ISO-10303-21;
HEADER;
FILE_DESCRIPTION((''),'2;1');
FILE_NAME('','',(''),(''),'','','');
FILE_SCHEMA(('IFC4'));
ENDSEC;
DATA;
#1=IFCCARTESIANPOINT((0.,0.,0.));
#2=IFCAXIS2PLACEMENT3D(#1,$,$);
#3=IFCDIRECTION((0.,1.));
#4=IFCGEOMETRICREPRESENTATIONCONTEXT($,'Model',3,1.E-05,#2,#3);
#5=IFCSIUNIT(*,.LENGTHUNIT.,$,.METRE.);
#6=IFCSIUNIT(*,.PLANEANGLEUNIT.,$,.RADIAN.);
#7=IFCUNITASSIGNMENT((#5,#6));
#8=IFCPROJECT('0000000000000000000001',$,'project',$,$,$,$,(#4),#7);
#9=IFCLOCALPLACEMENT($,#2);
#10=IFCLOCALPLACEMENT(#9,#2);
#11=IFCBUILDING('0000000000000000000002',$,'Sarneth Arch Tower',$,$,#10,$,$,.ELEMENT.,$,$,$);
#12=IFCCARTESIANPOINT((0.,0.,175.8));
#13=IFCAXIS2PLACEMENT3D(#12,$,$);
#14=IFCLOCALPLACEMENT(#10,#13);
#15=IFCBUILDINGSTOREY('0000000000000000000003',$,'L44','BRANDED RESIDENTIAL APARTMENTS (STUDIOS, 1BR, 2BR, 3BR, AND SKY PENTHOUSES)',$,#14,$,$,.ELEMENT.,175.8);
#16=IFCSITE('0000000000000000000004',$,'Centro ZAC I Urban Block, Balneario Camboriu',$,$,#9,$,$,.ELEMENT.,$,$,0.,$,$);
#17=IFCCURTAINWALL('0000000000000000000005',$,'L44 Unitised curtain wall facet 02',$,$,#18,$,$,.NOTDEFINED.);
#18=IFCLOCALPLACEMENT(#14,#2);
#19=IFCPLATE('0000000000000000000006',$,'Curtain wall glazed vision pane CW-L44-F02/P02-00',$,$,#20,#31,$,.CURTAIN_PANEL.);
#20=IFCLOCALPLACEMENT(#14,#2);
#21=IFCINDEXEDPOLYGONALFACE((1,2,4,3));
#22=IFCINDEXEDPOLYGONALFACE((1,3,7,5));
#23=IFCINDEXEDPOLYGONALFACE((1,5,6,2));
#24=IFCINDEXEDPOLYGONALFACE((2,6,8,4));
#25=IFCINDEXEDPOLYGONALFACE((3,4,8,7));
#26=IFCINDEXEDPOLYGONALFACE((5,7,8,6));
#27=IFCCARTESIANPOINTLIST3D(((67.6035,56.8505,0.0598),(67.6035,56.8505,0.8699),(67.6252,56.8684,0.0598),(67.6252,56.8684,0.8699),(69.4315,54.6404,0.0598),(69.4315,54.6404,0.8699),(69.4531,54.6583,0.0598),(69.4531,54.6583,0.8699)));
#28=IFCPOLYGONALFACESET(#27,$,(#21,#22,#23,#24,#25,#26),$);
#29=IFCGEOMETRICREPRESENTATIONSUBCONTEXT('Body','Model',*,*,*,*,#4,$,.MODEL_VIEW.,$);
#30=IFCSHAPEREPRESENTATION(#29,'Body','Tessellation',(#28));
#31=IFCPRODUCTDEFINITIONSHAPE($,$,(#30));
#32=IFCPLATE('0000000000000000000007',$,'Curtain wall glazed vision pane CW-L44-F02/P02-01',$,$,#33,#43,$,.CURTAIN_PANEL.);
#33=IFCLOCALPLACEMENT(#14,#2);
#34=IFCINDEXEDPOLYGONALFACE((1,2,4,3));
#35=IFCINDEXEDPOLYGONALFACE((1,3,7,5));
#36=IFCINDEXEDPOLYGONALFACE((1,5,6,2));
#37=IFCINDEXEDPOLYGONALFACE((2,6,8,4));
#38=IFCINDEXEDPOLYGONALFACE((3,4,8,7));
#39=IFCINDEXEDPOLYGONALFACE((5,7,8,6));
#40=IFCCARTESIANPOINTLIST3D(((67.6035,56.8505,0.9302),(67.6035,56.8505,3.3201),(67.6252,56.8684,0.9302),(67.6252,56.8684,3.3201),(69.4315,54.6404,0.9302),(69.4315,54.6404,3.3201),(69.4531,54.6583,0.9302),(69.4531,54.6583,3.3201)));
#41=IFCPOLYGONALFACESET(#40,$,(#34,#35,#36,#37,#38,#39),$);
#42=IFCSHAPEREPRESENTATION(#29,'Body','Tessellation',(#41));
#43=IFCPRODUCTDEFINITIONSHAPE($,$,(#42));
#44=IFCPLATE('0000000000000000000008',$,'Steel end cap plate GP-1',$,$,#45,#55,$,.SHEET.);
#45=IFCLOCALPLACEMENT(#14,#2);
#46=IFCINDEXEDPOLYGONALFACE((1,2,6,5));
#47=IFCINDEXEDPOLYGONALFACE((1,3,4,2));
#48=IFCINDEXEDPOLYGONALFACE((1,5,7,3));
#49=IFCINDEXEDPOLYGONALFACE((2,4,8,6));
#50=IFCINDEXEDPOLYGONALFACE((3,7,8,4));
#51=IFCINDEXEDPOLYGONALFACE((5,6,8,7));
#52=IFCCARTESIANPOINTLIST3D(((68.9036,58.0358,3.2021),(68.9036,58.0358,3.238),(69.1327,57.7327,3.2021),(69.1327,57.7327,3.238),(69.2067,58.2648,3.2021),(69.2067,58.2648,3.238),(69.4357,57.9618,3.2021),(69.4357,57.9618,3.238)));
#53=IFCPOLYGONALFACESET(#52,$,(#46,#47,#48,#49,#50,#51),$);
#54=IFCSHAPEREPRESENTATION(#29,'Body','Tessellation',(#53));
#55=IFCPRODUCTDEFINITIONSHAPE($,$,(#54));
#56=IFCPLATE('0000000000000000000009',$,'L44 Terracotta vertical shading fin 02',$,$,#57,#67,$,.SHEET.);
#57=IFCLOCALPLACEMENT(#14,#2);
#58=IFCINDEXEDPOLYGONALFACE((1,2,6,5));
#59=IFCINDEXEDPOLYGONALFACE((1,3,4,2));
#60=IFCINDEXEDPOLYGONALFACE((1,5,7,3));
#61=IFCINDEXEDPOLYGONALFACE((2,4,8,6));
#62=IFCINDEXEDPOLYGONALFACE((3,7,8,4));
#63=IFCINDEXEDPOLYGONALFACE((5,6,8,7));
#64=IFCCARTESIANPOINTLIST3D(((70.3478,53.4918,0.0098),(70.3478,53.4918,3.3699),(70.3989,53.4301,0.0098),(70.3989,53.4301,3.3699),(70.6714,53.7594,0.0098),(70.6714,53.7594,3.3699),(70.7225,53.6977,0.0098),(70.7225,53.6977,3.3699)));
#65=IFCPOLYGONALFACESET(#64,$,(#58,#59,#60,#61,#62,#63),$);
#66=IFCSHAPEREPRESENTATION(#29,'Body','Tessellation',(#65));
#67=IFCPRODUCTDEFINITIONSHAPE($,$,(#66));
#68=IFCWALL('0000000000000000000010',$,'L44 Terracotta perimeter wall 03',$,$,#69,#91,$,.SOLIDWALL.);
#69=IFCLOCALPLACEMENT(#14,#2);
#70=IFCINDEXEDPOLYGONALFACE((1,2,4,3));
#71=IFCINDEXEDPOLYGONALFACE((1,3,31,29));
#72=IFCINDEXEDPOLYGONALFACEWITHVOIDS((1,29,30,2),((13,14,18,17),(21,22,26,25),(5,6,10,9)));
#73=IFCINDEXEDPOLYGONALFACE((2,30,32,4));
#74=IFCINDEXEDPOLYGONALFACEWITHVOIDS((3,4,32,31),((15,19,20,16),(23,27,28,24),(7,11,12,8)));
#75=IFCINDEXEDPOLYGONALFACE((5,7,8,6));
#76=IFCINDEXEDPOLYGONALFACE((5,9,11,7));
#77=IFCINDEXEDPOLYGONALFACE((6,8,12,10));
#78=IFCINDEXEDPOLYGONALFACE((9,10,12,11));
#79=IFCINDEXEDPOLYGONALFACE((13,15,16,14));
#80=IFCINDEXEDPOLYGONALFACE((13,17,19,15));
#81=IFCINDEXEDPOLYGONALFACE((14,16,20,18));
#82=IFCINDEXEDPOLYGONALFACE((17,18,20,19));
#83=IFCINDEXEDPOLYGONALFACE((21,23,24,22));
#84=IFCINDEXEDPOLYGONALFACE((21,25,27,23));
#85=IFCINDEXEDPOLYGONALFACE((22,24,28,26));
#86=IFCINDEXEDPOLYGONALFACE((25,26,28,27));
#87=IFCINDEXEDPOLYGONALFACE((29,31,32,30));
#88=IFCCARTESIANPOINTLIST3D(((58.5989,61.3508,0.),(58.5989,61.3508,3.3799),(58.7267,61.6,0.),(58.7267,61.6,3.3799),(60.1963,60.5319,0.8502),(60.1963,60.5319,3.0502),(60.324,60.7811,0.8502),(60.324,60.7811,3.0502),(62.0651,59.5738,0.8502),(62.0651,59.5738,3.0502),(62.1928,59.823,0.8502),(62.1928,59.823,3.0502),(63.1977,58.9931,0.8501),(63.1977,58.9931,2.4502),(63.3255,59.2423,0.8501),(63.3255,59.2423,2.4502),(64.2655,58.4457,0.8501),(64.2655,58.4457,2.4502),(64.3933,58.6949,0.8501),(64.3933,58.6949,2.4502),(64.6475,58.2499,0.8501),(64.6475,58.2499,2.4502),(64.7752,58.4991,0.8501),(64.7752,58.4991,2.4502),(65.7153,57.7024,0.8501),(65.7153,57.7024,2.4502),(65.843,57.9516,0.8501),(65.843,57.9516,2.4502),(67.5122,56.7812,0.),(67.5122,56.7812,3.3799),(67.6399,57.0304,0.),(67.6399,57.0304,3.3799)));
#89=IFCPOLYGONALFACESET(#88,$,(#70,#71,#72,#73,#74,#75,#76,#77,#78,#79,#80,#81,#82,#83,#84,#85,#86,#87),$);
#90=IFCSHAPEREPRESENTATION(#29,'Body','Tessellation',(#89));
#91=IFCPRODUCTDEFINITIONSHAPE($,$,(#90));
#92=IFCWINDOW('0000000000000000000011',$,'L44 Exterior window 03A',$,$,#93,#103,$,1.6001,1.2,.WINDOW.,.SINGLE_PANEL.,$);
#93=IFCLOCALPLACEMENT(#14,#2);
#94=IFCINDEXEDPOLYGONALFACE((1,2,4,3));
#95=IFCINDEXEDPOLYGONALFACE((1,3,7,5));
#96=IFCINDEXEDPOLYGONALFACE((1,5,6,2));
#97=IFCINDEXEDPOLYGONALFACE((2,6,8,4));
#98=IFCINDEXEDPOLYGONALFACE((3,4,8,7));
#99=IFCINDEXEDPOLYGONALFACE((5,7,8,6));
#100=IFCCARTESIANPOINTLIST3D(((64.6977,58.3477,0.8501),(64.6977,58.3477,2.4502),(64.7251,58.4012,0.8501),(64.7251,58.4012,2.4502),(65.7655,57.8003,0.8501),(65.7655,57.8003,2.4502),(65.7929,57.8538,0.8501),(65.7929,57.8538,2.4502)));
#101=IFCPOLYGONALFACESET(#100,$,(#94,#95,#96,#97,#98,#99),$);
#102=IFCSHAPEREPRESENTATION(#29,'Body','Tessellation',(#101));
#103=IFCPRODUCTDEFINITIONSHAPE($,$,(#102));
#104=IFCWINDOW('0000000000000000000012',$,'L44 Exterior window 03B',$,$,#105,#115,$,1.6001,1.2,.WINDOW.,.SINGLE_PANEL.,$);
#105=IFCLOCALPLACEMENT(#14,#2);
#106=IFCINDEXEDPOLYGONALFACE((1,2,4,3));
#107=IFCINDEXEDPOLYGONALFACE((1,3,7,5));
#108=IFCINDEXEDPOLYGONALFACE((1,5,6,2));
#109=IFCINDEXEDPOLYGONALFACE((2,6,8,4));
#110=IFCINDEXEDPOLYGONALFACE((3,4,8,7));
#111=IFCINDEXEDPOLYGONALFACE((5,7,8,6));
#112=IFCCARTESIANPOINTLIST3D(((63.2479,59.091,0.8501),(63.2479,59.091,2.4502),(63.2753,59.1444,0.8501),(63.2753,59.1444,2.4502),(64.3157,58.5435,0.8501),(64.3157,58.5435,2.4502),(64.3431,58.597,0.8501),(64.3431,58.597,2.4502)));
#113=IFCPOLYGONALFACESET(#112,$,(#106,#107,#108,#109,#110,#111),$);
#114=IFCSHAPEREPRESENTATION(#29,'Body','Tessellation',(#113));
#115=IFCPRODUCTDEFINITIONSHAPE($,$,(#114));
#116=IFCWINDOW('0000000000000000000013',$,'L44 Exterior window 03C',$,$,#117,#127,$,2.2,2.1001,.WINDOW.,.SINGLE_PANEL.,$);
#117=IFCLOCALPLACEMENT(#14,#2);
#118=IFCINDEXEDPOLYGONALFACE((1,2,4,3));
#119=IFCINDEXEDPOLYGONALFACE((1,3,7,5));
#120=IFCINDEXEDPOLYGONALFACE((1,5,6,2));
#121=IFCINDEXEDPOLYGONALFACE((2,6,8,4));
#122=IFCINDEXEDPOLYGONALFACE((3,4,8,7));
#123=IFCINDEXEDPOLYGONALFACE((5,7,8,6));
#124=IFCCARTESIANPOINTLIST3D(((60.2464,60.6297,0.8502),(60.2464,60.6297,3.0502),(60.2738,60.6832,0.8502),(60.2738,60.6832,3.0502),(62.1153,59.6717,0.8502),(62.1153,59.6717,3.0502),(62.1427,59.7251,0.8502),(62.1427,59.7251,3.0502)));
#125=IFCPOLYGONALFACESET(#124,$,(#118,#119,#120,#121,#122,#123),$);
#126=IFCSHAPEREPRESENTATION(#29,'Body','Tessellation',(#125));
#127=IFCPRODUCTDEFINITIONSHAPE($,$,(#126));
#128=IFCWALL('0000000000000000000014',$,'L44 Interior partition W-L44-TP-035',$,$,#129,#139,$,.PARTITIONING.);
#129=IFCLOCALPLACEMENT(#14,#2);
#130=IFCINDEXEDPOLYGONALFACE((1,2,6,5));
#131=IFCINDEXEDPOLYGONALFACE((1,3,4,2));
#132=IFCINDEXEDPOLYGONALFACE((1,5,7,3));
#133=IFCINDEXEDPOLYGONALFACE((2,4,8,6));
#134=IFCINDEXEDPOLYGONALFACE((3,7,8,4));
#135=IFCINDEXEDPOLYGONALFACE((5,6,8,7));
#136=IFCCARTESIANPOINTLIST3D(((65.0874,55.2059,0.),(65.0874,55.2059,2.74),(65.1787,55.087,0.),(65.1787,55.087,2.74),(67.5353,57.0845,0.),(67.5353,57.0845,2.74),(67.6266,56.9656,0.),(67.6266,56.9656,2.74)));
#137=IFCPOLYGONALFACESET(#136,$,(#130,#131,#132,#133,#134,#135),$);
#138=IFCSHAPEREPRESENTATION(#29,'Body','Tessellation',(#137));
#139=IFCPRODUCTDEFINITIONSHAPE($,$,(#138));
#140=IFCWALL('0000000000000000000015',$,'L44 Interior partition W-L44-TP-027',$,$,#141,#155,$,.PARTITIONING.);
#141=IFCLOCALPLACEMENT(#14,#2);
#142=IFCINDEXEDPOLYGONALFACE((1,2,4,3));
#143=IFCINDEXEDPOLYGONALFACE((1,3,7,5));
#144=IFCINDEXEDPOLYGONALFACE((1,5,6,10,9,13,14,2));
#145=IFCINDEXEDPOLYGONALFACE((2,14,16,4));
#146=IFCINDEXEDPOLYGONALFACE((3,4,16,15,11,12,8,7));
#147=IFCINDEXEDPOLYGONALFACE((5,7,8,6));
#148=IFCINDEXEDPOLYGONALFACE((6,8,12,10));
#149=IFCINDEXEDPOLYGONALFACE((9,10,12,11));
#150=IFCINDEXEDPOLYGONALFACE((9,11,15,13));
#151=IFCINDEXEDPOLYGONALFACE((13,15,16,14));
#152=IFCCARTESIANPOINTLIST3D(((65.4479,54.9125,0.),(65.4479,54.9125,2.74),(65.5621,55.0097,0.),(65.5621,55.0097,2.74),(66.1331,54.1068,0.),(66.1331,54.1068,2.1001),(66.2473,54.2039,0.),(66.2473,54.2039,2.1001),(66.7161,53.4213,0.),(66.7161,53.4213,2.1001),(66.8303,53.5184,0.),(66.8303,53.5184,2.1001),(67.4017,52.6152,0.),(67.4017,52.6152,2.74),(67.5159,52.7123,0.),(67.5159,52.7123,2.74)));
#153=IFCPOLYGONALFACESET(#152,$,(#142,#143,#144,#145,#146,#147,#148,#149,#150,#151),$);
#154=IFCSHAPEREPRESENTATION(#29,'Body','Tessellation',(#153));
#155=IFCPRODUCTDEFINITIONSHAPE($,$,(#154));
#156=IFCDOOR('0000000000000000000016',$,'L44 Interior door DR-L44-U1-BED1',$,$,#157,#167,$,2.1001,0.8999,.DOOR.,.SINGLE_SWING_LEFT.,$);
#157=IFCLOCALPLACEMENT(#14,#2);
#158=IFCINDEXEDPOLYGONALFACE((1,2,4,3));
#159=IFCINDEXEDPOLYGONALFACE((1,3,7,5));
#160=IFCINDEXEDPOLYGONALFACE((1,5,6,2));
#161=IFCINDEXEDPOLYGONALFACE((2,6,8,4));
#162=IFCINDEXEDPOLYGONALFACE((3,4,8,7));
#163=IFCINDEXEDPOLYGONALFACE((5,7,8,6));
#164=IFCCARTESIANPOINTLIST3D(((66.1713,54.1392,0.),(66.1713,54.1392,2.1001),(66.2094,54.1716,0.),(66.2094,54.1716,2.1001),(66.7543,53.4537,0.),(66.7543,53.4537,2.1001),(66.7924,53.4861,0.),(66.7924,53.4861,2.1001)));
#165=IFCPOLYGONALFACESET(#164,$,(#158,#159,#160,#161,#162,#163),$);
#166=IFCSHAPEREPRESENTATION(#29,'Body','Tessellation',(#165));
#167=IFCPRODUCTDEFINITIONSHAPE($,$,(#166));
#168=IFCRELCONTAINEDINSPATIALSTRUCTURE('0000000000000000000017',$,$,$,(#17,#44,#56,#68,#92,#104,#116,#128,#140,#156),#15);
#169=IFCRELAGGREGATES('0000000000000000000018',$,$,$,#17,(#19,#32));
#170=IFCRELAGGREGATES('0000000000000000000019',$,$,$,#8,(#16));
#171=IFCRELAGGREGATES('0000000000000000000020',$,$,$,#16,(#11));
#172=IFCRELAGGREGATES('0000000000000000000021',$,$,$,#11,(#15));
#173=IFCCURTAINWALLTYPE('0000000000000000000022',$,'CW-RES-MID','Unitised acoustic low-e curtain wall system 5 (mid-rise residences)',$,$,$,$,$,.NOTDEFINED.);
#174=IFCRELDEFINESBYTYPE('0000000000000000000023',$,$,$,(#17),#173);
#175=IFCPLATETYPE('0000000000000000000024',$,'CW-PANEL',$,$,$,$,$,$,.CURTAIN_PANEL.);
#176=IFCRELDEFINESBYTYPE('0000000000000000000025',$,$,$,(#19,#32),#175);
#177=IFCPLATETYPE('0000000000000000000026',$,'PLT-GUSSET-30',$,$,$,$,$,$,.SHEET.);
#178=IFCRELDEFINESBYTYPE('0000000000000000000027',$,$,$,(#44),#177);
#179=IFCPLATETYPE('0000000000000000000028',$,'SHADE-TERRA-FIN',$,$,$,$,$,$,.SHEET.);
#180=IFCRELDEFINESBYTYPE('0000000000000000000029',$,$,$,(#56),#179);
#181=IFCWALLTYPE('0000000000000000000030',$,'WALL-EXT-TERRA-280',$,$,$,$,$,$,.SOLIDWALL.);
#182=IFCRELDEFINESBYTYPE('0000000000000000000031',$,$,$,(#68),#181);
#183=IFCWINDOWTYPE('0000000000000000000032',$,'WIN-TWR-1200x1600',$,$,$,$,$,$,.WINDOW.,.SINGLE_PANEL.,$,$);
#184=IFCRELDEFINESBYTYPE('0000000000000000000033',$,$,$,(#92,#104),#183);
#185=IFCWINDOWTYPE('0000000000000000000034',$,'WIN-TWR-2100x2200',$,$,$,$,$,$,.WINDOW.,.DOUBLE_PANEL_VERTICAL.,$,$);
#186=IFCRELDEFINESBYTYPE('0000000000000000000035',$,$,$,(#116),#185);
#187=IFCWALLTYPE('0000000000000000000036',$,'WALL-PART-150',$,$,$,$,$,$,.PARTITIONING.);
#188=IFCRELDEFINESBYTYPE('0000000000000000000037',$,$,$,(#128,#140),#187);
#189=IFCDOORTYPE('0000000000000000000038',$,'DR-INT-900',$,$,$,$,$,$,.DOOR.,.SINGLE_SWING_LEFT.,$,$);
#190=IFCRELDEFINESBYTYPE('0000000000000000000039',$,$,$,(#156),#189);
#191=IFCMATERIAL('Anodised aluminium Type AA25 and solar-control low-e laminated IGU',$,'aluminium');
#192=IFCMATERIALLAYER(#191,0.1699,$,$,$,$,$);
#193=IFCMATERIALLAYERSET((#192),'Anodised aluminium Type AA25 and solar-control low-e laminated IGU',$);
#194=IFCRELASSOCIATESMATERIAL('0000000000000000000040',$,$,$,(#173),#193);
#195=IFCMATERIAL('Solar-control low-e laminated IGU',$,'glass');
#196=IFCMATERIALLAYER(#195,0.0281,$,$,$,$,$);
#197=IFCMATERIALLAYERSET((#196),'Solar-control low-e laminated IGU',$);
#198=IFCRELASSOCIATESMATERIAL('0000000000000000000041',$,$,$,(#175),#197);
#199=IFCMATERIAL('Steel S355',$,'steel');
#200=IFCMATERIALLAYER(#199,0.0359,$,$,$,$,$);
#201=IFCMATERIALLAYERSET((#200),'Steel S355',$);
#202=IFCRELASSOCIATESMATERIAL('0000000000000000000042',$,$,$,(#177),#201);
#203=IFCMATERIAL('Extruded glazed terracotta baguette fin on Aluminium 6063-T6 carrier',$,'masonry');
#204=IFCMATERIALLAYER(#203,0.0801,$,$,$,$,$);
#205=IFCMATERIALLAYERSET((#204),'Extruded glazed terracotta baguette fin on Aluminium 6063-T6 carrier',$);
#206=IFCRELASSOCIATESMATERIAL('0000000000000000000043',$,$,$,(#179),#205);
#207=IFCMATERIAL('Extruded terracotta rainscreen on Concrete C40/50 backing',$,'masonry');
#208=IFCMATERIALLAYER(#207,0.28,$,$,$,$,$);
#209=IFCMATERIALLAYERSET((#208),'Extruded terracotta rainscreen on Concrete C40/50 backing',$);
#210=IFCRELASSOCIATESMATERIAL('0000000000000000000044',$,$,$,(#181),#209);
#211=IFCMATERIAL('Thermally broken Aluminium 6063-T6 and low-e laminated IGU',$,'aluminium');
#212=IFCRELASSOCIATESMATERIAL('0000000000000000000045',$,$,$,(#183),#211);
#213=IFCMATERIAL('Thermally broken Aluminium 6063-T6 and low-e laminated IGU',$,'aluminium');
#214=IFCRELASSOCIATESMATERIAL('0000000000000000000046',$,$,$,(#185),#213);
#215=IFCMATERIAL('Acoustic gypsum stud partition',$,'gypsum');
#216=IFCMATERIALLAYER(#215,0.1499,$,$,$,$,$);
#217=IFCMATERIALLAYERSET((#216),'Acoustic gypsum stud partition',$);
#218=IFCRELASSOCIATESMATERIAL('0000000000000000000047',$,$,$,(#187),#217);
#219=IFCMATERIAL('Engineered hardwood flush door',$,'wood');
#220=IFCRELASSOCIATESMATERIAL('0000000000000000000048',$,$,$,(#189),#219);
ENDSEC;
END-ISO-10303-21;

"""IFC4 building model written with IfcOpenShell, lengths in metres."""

from ifc_helpers import new_model, si_unit, direction, frame, frame_2d, origin, origin_2d, place, context, subcontext, project, spatial, rectangle, extrude, material, layer, layer_set, type_object, element, fill, aggregate, save


model = new_model("IFC4")

# Units and contexts
model_context = context("Model", 3, precision=1e-05, world=origin(), true_north=direction((0.0, 1.0)))
body_context = subcontext(model_context, "Body", "Model", "MODEL_VIEW")
ifc_project = project(units=[si_unit("LENGTHUNIT", "METRE"), si_unit("PLANEANGLEUNIT", "RADIAN")], contexts=[model_context])

# Site, building, storey
site_placement = place(None, origin())
site = spatial("IfcSite", under=ifc_project, at=site_placement, Name="Centro ZAC I Urban Block, Balneario Camboriu", CompositionType="ELEMENT", RefElevation=0.0)
building_placement = place(site_placement, origin())
building = spatial("IfcBuilding", under=site, at=building_placement, Name="Sarneth Arch Tower", CompositionType="ELEMENT")
storey_placement = place(building_placement, frame((0.0, 0.0, 175.8)))
storey = spatial("IfcBuildingStorey", under=building, at=storey_placement, Name="L44", Description="BRANDED RESIDENTIAL APARTMENTS (STUDIOS, 1BR, 2BR, 3BR, AND SKY PENTHOUSES)", CompositionType="ELEMENT", Elevation=175.8)

# Curtain wall
ifc_material_1 = material(Name="Anodised aluminium Type AA25 and solar-control low-e laminated IGU", Category="aluminium")
ifc_layer_1 = layer(ifc_material_1, 0.1699)
ifc_layer_set_1 = layer_set([ifc_layer_1], Name="Anodised aluminium Type AA25 and solar-control low-e laminated IGU")
curtain_wall_type = type_object("IfcCurtainWallType", Name="CW-RES-MID", Description="Unitised acoustic low-e curtain wall system 5 (mid-rise residences)", PredefinedType="NOTDEFINED", material=ifc_layer_set_1)
curtain_wall_placement = place(storey_placement, origin())
curtain_wall = element("IfcCurtainWall", 1, at=curtain_wall_placement, inside=storey, type_object=curtain_wall_type, Name="L44 Unitised curtain wall facet 02", PredefinedType="NOTDEFINED")

# Plates
ifc_material_2 = material(Name="Solar-control low-e laminated IGU", Category="glass")
ifc_layer_2 = layer(ifc_material_2, 0.0281)
ifc_layer_set_2 = layer_set([ifc_layer_2], Name="Solar-control low-e laminated IGU")
plate_type_1 = type_object("IfcPlateType", Name="CW-PANEL", PredefinedType="CURTAIN_PANEL", material=ifc_layer_set_2)
plate_1_placement = place(storey_placement, frame((68.5283, 55.7544, 0.0598), z_axis=(0.0, 0.0, 1.0), x_axis=(-0.63733, 0.770591, 0.0)))
plate_1 = element("IfcPlate", 2, at=plate_1_placement, type_object=plate_type_1, Name="Curtain wall glazed vision pane CW-L44-F02/P02-00", PredefinedType="CURTAIN_PANEL", context=body_context, shape_type="SweptSolid", body=[
    extrude(rectangle(XDim=2.8682, YDim=0.0281, at=origin_2d()), origin(), (0.0, 0.0, 1.0), 0.8101),
])
plate_2_placement = place(storey_placement, frame((68.5283, 55.7544, 0.9302), z_axis=(0.0, 0.0, 1.0), x_axis=(-0.63733, 0.770591, 0.0)))
plate_2 = element("IfcPlate", 3, at=plate_2_placement, type_object=plate_type_1, Name="Curtain wall glazed vision pane CW-L44-F02/P02-01", PredefinedType="CURTAIN_PANEL", context=body_context, shape_type="SweptSolid", body=[
    extrude(rectangle(XDim=2.8682, YDim=0.0281, at=origin_2d()), origin(), (0.0, 0.0, 1.0), 2.3899),
])
aggregate(curtain_wall, [plate_1, plate_2])

# Plates
ifc_material_3 = material(Name="Steel S355", Category="steel")
ifc_layer_3 = layer(ifc_material_3, 0.0359)
ifc_layer_set_3 = layer_set([ifc_layer_3], Name="Steel S355")
plate_type_2 = type_object("IfcPlateType", Name="PLT-GUSSET-30", PredefinedType="SHEET", material=ifc_layer_set_3)
plate_3_placement = place(storey_placement, frame((69.1697, 57.9988, 3.2021), z_axis=(0.0, 0.0, 1.0), x_axis=(0.797794, 0.60293, 0.0)))
element("IfcPlate", 4, at=plate_3_placement, inside=storey, type_object=plate_type_2, Name="Steel end cap plate GP-1", PredefinedType="SHEET", context=body_context, shape_type="SweptSolid", body=[
    extrude(rectangle(XDim=0.3799, YDim=0.3799, at=origin_2d()), origin(), (0.0, 0.0, 1.0), 0.0359),
])
ifc_material_4 = material(Name="Extruded glazed terracotta baguette fin on Aluminium 6063-T6 carrier", Category="masonry")
ifc_layer_4 = layer(ifc_material_4, 0.0801)
ifc_layer_set_4 = layer_set([ifc_layer_4], Name="Extruded glazed terracotta baguette fin on Aluminium 6063-T6 carrier")
plate_type_3 = type_object("IfcPlateType", Name="SHADE-TERRA-FIN", PredefinedType="SHEET", material=ifc_layer_set_4)
plate_4_placement = place(storey_placement, frame((70.5352, 53.5947, 0.0098), z_axis=(0.0, 0.0, 1.0), x_axis=(0.770624, 0.63729, 0.0)))
element("IfcPlate", 5, at=plate_4_placement, inside=storey, type_object=plate_type_3, Name="L44 Terracotta vertical shading fin 02", PredefinedType="SHEET", context=body_context, shape_type="SweptSolid", body=[
    extrude(rectangle(XDim=0.4199, YDim=0.0801, at=origin_2d()), origin(), (0.0, 0.0, 1.0), 3.3601),
])

# Wall, openings, windows
ifc_material_5 = material(Name="Extruded terracotta rainscreen on Concrete C40/50 backing", Category="masonry")
ifc_layer_5 = layer(ifc_material_5, 0.28)
ifc_layer_set_5 = layer_set([ifc_layer_5], Name="Extruded terracotta rainscreen on Concrete C40/50 backing")
wall_type_1 = type_object("IfcWallType", Name="WALL-EXT-TERRA-280", PredefinedType="SOLIDWALL", material=ifc_layer_set_5)
wall_1_placement = place(storey_placement, frame((67.5762, 56.9058, 0.0), z_axis=(0.0, 0.0, 1.0), x_axis=(-0.889873, 0.456209, 0.0)))
wall_1 = element("IfcWall", 6, at=wall_1_placement, inside=storey, type_object=wall_type_1, Name="L44 Terracotta perimeter wall 03", PredefinedType="SOLIDWALL", context=body_context, shape_type="SweptSolid", body=[
    extrude(rectangle(XDim=10.0164, YDim=0.28, at=frame_2d((5.0083, 0.0))), origin(), (0.0, 0.0, 1.0), 3.3799),
])
opening_1_placement = place(wall_1_placement, frame((2.0193, 0.0, 0.8501)))
opening_1 = element("IfcOpeningElement", 7, at=opening_1_placement, cuts=wall_1, PredefinedType="OPENING", context=body_context, shape_type="SweptSolid", body=[
    extrude(rectangle(XDim=1.2, YDim=1.6001, at=frame_2d((0.6001, 0.8))), frame((0.0, 0.1499, 0.0), z_axis=(0.0, -1.0, 0.0), x_axis=(1.0, 0.0, 0.0)), (0.0, 0.0, 1.0), 0.3),
])
opening_2_placement = place(wall_1_placement, frame((3.6484, 0.0, 0.8501)))
opening_2 = element("IfcOpeningElement", 8, at=opening_2_placement, cuts=wall_1, PredefinedType="OPENING", context=body_context, shape_type="SweptSolid", body=[
    extrude(rectangle(XDim=1.2, YDim=1.6001, at=frame_2d((0.6001, 0.8))), frame((0.0, 0.1499, 0.0), z_axis=(0.0, -1.0, 0.0), x_axis=(1.0, 0.0, 0.0)), (0.0, 0.0, 1.0), 0.3),
])
opening_3_placement = place(wall_1_placement, frame((6.1213, 0.0, 0.8501)))
opening_3 = element("IfcOpeningElement", 9, at=opening_3_placement, cuts=wall_1, PredefinedType="OPENING", context=body_context, shape_type="SweptSolid", body=[
    extrude(rectangle(XDim=2.1001, YDim=2.2, at=frame_2d((1.05, 1.1001))), frame((0.0, 0.1499, 0.0), z_axis=(0.0, -1.0, 0.0), x_axis=(1.0, 0.0, 0.0)), (0.0, 0.0, 1.0), 0.3),
])
ifc_material_6 = material(Name="Thermally broken Aluminium 6063-T6 and low-e laminated IGU", Category="aluminium")
window_type_1 = type_object("IfcWindowType", Name="WIN-TWR-1200x1600", PartitioningType="SINGLE_PANEL", PredefinedType="WINDOW", material=ifc_material_6)
window_1_placement = place(opening_1_placement, origin())
window_1 = element("IfcWindow", 10, at=window_1_placement, inside=storey, type_object=window_type_1, Name="L44 Exterior window 03A", OverallHeight=1.6001, OverallWidth=1.2, PartitioningType="SINGLE_PANEL", PredefinedType="WINDOW", context=body_context, shape_type="SweptSolid", body=[
    extrude(rectangle(XDim=1.2, YDim=1.6001, at=frame_2d((0.6001, 0.8))), frame((0.0, 0.03, 0.0), z_axis=(0.0, -1.0, 0.0), x_axis=(1.0, 0.0, 0.0)), (0.0, 0.0, 1.0), 0.0601),
])
fill(opening_1, window_1)
window_2_placement = place(opening_2_placement, origin())
window_2 = element("IfcWindow", 11, at=window_2_placement, inside=storey, type_object=window_type_1, Name="L44 Exterior window 03B", OverallHeight=1.6001, OverallWidth=1.2, PartitioningType="SINGLE_PANEL", PredefinedType="WINDOW", context=body_context, shape_type="SweptSolid", body=[
    extrude(rectangle(XDim=1.2, YDim=1.6001, at=frame_2d((0.6001, 0.8))), frame((0.0, 0.03, 0.0), z_axis=(0.0, -1.0, 0.0), x_axis=(1.0, 0.0, 0.0)), (0.0, 0.0, 1.0), 0.0601),
])
fill(opening_2, window_2)
ifc_material_7 = material(Name="Thermally broken Aluminium 6063-T6 and low-e laminated IGU", Category="aluminium")
window_type_2 = type_object("IfcWindowType", Name="WIN-TWR-2100x2200", PartitioningType="DOUBLE_PANEL_VERTICAL", PredefinedType="WINDOW", material=ifc_material_7)
window_3_placement = place(opening_3_placement, origin())
window_3 = element("IfcWindow", 12, at=window_3_placement, inside=storey, type_object=window_type_2, Name="L44 Exterior window 03C", OverallHeight=2.2, OverallWidth=2.1001, PartitioningType="SINGLE_PANEL", PredefinedType="WINDOW", context=body_context, shape_type="SweptSolid", body=[
    extrude(rectangle(XDim=2.1001, YDim=2.2, at=frame_2d((1.05, 1.1001))), frame((0.0, 0.03, 0.0), z_axis=(0.0, -1.0, 0.0), x_axis=(1.0, 0.0, 0.0)), (0.0, 0.0, 1.0), 0.0601),
])
fill(opening_3, window_3)

# Wall
ifc_material_8 = material(Name="Acoustic gypsum stud partition", Category="gypsum")
ifc_layer_6 = layer(ifc_material_8, 0.1499)
ifc_layer_set_6 = layer_set([ifc_layer_6], Name="Acoustic gypsum stud partition")
wall_type_2 = type_object("IfcWallType", Name="WALL-PART-150", PredefinedType="PARTITIONING", material=ifc_layer_set_6)
wall_2_placement = place(storey_placement, frame((67.5811, 57.0251, 0.0), z_axis=(0.0, 0.0, 1.0), x_axis=(-0.793315, -0.608812, 0.0)))
element("IfcWall", 13, at=wall_2_placement, inside=storey, type_object=wall_type_2, Name="L44 Interior partition W-L44-TP-035", PredefinedType="PARTITIONING", context=body_context, shape_type="SweptSolid", body=[
    extrude(rectangle(XDim=3.0857, YDim=0.1499, at=frame_2d((1.543, 0.0))), origin(), (0.0, 0.0, 1.0), 2.74),
])

# Wall, opening, door
wall_3_placement = place(storey_placement, frame((67.4587, 52.6638, 0.0), z_axis=(0.0, 0.0, 1.0), x_axis=(-0.64786, 0.76176, 0.0)))
wall_3 = element("IfcWall", 14, at=wall_3_placement, inside=storey, type_object=wall_type_2, Name="L44 Interior partition W-L44-TP-027", PredefinedType="PARTITIONING", context=body_context, shape_type="SweptSolid", body=[
    extrude(rectangle(XDim=3.0159, YDim=0.1499, at=frame_2d((1.5078, 0.0))), origin(), (0.0, 0.0, 1.0), 2.74),
])
opening_4_placement = place(wall_3_placement, frame((1.0581, 0.0, 0.0)))
opening_4 = element("IfcOpeningElement", 15, at=opening_4_placement, cuts=wall_3, PredefinedType="OPENING", context=body_context, shape_type="SweptSolid", body=[
    extrude(rectangle(XDim=0.8999, YDim=2.1001, at=frame_2d((0.45, 1.05))), frame((0.0, 0.085, 0.0), z_axis=(0.0, -1.0, 0.0), x_axis=(1.0, 0.0, 0.0)), (0.0, 0.0, 1.0), 0.1699),
])
ifc_material_9 = material(Name="Engineered hardwood flush door", Category="wood")
door_type = type_object("IfcDoorType", Name="DR-INT-900", OperationType="SINGLE_SWING_LEFT", PredefinedType="DOOR", material=ifc_material_9)
door_placement = place(opening_4_placement, origin())
door = element("IfcDoor", 16, at=door_placement, inside=storey, type_object=door_type, Name="L44 Interior door DR-L44-U1-BED1", OperationType="SINGLE_SWING_LEFT", OverallHeight=2.1001, OverallWidth=0.8999, PredefinedType="DOOR", context=body_context, shape_type="SweptSolid", body=[
    extrude(rectangle(XDim=0.8999, YDim=2.1001, at=frame_2d((0.45, 1.05))), frame((0.0, 0.0249, 0.0), z_axis=(0.0, -1.0, 0.0), x_axis=(1.0, 0.0, 0.0)), (0.0, 0.0, 1.0), 0.05),
])
fill(opening_4, door)

save(model, "model.ifc")
